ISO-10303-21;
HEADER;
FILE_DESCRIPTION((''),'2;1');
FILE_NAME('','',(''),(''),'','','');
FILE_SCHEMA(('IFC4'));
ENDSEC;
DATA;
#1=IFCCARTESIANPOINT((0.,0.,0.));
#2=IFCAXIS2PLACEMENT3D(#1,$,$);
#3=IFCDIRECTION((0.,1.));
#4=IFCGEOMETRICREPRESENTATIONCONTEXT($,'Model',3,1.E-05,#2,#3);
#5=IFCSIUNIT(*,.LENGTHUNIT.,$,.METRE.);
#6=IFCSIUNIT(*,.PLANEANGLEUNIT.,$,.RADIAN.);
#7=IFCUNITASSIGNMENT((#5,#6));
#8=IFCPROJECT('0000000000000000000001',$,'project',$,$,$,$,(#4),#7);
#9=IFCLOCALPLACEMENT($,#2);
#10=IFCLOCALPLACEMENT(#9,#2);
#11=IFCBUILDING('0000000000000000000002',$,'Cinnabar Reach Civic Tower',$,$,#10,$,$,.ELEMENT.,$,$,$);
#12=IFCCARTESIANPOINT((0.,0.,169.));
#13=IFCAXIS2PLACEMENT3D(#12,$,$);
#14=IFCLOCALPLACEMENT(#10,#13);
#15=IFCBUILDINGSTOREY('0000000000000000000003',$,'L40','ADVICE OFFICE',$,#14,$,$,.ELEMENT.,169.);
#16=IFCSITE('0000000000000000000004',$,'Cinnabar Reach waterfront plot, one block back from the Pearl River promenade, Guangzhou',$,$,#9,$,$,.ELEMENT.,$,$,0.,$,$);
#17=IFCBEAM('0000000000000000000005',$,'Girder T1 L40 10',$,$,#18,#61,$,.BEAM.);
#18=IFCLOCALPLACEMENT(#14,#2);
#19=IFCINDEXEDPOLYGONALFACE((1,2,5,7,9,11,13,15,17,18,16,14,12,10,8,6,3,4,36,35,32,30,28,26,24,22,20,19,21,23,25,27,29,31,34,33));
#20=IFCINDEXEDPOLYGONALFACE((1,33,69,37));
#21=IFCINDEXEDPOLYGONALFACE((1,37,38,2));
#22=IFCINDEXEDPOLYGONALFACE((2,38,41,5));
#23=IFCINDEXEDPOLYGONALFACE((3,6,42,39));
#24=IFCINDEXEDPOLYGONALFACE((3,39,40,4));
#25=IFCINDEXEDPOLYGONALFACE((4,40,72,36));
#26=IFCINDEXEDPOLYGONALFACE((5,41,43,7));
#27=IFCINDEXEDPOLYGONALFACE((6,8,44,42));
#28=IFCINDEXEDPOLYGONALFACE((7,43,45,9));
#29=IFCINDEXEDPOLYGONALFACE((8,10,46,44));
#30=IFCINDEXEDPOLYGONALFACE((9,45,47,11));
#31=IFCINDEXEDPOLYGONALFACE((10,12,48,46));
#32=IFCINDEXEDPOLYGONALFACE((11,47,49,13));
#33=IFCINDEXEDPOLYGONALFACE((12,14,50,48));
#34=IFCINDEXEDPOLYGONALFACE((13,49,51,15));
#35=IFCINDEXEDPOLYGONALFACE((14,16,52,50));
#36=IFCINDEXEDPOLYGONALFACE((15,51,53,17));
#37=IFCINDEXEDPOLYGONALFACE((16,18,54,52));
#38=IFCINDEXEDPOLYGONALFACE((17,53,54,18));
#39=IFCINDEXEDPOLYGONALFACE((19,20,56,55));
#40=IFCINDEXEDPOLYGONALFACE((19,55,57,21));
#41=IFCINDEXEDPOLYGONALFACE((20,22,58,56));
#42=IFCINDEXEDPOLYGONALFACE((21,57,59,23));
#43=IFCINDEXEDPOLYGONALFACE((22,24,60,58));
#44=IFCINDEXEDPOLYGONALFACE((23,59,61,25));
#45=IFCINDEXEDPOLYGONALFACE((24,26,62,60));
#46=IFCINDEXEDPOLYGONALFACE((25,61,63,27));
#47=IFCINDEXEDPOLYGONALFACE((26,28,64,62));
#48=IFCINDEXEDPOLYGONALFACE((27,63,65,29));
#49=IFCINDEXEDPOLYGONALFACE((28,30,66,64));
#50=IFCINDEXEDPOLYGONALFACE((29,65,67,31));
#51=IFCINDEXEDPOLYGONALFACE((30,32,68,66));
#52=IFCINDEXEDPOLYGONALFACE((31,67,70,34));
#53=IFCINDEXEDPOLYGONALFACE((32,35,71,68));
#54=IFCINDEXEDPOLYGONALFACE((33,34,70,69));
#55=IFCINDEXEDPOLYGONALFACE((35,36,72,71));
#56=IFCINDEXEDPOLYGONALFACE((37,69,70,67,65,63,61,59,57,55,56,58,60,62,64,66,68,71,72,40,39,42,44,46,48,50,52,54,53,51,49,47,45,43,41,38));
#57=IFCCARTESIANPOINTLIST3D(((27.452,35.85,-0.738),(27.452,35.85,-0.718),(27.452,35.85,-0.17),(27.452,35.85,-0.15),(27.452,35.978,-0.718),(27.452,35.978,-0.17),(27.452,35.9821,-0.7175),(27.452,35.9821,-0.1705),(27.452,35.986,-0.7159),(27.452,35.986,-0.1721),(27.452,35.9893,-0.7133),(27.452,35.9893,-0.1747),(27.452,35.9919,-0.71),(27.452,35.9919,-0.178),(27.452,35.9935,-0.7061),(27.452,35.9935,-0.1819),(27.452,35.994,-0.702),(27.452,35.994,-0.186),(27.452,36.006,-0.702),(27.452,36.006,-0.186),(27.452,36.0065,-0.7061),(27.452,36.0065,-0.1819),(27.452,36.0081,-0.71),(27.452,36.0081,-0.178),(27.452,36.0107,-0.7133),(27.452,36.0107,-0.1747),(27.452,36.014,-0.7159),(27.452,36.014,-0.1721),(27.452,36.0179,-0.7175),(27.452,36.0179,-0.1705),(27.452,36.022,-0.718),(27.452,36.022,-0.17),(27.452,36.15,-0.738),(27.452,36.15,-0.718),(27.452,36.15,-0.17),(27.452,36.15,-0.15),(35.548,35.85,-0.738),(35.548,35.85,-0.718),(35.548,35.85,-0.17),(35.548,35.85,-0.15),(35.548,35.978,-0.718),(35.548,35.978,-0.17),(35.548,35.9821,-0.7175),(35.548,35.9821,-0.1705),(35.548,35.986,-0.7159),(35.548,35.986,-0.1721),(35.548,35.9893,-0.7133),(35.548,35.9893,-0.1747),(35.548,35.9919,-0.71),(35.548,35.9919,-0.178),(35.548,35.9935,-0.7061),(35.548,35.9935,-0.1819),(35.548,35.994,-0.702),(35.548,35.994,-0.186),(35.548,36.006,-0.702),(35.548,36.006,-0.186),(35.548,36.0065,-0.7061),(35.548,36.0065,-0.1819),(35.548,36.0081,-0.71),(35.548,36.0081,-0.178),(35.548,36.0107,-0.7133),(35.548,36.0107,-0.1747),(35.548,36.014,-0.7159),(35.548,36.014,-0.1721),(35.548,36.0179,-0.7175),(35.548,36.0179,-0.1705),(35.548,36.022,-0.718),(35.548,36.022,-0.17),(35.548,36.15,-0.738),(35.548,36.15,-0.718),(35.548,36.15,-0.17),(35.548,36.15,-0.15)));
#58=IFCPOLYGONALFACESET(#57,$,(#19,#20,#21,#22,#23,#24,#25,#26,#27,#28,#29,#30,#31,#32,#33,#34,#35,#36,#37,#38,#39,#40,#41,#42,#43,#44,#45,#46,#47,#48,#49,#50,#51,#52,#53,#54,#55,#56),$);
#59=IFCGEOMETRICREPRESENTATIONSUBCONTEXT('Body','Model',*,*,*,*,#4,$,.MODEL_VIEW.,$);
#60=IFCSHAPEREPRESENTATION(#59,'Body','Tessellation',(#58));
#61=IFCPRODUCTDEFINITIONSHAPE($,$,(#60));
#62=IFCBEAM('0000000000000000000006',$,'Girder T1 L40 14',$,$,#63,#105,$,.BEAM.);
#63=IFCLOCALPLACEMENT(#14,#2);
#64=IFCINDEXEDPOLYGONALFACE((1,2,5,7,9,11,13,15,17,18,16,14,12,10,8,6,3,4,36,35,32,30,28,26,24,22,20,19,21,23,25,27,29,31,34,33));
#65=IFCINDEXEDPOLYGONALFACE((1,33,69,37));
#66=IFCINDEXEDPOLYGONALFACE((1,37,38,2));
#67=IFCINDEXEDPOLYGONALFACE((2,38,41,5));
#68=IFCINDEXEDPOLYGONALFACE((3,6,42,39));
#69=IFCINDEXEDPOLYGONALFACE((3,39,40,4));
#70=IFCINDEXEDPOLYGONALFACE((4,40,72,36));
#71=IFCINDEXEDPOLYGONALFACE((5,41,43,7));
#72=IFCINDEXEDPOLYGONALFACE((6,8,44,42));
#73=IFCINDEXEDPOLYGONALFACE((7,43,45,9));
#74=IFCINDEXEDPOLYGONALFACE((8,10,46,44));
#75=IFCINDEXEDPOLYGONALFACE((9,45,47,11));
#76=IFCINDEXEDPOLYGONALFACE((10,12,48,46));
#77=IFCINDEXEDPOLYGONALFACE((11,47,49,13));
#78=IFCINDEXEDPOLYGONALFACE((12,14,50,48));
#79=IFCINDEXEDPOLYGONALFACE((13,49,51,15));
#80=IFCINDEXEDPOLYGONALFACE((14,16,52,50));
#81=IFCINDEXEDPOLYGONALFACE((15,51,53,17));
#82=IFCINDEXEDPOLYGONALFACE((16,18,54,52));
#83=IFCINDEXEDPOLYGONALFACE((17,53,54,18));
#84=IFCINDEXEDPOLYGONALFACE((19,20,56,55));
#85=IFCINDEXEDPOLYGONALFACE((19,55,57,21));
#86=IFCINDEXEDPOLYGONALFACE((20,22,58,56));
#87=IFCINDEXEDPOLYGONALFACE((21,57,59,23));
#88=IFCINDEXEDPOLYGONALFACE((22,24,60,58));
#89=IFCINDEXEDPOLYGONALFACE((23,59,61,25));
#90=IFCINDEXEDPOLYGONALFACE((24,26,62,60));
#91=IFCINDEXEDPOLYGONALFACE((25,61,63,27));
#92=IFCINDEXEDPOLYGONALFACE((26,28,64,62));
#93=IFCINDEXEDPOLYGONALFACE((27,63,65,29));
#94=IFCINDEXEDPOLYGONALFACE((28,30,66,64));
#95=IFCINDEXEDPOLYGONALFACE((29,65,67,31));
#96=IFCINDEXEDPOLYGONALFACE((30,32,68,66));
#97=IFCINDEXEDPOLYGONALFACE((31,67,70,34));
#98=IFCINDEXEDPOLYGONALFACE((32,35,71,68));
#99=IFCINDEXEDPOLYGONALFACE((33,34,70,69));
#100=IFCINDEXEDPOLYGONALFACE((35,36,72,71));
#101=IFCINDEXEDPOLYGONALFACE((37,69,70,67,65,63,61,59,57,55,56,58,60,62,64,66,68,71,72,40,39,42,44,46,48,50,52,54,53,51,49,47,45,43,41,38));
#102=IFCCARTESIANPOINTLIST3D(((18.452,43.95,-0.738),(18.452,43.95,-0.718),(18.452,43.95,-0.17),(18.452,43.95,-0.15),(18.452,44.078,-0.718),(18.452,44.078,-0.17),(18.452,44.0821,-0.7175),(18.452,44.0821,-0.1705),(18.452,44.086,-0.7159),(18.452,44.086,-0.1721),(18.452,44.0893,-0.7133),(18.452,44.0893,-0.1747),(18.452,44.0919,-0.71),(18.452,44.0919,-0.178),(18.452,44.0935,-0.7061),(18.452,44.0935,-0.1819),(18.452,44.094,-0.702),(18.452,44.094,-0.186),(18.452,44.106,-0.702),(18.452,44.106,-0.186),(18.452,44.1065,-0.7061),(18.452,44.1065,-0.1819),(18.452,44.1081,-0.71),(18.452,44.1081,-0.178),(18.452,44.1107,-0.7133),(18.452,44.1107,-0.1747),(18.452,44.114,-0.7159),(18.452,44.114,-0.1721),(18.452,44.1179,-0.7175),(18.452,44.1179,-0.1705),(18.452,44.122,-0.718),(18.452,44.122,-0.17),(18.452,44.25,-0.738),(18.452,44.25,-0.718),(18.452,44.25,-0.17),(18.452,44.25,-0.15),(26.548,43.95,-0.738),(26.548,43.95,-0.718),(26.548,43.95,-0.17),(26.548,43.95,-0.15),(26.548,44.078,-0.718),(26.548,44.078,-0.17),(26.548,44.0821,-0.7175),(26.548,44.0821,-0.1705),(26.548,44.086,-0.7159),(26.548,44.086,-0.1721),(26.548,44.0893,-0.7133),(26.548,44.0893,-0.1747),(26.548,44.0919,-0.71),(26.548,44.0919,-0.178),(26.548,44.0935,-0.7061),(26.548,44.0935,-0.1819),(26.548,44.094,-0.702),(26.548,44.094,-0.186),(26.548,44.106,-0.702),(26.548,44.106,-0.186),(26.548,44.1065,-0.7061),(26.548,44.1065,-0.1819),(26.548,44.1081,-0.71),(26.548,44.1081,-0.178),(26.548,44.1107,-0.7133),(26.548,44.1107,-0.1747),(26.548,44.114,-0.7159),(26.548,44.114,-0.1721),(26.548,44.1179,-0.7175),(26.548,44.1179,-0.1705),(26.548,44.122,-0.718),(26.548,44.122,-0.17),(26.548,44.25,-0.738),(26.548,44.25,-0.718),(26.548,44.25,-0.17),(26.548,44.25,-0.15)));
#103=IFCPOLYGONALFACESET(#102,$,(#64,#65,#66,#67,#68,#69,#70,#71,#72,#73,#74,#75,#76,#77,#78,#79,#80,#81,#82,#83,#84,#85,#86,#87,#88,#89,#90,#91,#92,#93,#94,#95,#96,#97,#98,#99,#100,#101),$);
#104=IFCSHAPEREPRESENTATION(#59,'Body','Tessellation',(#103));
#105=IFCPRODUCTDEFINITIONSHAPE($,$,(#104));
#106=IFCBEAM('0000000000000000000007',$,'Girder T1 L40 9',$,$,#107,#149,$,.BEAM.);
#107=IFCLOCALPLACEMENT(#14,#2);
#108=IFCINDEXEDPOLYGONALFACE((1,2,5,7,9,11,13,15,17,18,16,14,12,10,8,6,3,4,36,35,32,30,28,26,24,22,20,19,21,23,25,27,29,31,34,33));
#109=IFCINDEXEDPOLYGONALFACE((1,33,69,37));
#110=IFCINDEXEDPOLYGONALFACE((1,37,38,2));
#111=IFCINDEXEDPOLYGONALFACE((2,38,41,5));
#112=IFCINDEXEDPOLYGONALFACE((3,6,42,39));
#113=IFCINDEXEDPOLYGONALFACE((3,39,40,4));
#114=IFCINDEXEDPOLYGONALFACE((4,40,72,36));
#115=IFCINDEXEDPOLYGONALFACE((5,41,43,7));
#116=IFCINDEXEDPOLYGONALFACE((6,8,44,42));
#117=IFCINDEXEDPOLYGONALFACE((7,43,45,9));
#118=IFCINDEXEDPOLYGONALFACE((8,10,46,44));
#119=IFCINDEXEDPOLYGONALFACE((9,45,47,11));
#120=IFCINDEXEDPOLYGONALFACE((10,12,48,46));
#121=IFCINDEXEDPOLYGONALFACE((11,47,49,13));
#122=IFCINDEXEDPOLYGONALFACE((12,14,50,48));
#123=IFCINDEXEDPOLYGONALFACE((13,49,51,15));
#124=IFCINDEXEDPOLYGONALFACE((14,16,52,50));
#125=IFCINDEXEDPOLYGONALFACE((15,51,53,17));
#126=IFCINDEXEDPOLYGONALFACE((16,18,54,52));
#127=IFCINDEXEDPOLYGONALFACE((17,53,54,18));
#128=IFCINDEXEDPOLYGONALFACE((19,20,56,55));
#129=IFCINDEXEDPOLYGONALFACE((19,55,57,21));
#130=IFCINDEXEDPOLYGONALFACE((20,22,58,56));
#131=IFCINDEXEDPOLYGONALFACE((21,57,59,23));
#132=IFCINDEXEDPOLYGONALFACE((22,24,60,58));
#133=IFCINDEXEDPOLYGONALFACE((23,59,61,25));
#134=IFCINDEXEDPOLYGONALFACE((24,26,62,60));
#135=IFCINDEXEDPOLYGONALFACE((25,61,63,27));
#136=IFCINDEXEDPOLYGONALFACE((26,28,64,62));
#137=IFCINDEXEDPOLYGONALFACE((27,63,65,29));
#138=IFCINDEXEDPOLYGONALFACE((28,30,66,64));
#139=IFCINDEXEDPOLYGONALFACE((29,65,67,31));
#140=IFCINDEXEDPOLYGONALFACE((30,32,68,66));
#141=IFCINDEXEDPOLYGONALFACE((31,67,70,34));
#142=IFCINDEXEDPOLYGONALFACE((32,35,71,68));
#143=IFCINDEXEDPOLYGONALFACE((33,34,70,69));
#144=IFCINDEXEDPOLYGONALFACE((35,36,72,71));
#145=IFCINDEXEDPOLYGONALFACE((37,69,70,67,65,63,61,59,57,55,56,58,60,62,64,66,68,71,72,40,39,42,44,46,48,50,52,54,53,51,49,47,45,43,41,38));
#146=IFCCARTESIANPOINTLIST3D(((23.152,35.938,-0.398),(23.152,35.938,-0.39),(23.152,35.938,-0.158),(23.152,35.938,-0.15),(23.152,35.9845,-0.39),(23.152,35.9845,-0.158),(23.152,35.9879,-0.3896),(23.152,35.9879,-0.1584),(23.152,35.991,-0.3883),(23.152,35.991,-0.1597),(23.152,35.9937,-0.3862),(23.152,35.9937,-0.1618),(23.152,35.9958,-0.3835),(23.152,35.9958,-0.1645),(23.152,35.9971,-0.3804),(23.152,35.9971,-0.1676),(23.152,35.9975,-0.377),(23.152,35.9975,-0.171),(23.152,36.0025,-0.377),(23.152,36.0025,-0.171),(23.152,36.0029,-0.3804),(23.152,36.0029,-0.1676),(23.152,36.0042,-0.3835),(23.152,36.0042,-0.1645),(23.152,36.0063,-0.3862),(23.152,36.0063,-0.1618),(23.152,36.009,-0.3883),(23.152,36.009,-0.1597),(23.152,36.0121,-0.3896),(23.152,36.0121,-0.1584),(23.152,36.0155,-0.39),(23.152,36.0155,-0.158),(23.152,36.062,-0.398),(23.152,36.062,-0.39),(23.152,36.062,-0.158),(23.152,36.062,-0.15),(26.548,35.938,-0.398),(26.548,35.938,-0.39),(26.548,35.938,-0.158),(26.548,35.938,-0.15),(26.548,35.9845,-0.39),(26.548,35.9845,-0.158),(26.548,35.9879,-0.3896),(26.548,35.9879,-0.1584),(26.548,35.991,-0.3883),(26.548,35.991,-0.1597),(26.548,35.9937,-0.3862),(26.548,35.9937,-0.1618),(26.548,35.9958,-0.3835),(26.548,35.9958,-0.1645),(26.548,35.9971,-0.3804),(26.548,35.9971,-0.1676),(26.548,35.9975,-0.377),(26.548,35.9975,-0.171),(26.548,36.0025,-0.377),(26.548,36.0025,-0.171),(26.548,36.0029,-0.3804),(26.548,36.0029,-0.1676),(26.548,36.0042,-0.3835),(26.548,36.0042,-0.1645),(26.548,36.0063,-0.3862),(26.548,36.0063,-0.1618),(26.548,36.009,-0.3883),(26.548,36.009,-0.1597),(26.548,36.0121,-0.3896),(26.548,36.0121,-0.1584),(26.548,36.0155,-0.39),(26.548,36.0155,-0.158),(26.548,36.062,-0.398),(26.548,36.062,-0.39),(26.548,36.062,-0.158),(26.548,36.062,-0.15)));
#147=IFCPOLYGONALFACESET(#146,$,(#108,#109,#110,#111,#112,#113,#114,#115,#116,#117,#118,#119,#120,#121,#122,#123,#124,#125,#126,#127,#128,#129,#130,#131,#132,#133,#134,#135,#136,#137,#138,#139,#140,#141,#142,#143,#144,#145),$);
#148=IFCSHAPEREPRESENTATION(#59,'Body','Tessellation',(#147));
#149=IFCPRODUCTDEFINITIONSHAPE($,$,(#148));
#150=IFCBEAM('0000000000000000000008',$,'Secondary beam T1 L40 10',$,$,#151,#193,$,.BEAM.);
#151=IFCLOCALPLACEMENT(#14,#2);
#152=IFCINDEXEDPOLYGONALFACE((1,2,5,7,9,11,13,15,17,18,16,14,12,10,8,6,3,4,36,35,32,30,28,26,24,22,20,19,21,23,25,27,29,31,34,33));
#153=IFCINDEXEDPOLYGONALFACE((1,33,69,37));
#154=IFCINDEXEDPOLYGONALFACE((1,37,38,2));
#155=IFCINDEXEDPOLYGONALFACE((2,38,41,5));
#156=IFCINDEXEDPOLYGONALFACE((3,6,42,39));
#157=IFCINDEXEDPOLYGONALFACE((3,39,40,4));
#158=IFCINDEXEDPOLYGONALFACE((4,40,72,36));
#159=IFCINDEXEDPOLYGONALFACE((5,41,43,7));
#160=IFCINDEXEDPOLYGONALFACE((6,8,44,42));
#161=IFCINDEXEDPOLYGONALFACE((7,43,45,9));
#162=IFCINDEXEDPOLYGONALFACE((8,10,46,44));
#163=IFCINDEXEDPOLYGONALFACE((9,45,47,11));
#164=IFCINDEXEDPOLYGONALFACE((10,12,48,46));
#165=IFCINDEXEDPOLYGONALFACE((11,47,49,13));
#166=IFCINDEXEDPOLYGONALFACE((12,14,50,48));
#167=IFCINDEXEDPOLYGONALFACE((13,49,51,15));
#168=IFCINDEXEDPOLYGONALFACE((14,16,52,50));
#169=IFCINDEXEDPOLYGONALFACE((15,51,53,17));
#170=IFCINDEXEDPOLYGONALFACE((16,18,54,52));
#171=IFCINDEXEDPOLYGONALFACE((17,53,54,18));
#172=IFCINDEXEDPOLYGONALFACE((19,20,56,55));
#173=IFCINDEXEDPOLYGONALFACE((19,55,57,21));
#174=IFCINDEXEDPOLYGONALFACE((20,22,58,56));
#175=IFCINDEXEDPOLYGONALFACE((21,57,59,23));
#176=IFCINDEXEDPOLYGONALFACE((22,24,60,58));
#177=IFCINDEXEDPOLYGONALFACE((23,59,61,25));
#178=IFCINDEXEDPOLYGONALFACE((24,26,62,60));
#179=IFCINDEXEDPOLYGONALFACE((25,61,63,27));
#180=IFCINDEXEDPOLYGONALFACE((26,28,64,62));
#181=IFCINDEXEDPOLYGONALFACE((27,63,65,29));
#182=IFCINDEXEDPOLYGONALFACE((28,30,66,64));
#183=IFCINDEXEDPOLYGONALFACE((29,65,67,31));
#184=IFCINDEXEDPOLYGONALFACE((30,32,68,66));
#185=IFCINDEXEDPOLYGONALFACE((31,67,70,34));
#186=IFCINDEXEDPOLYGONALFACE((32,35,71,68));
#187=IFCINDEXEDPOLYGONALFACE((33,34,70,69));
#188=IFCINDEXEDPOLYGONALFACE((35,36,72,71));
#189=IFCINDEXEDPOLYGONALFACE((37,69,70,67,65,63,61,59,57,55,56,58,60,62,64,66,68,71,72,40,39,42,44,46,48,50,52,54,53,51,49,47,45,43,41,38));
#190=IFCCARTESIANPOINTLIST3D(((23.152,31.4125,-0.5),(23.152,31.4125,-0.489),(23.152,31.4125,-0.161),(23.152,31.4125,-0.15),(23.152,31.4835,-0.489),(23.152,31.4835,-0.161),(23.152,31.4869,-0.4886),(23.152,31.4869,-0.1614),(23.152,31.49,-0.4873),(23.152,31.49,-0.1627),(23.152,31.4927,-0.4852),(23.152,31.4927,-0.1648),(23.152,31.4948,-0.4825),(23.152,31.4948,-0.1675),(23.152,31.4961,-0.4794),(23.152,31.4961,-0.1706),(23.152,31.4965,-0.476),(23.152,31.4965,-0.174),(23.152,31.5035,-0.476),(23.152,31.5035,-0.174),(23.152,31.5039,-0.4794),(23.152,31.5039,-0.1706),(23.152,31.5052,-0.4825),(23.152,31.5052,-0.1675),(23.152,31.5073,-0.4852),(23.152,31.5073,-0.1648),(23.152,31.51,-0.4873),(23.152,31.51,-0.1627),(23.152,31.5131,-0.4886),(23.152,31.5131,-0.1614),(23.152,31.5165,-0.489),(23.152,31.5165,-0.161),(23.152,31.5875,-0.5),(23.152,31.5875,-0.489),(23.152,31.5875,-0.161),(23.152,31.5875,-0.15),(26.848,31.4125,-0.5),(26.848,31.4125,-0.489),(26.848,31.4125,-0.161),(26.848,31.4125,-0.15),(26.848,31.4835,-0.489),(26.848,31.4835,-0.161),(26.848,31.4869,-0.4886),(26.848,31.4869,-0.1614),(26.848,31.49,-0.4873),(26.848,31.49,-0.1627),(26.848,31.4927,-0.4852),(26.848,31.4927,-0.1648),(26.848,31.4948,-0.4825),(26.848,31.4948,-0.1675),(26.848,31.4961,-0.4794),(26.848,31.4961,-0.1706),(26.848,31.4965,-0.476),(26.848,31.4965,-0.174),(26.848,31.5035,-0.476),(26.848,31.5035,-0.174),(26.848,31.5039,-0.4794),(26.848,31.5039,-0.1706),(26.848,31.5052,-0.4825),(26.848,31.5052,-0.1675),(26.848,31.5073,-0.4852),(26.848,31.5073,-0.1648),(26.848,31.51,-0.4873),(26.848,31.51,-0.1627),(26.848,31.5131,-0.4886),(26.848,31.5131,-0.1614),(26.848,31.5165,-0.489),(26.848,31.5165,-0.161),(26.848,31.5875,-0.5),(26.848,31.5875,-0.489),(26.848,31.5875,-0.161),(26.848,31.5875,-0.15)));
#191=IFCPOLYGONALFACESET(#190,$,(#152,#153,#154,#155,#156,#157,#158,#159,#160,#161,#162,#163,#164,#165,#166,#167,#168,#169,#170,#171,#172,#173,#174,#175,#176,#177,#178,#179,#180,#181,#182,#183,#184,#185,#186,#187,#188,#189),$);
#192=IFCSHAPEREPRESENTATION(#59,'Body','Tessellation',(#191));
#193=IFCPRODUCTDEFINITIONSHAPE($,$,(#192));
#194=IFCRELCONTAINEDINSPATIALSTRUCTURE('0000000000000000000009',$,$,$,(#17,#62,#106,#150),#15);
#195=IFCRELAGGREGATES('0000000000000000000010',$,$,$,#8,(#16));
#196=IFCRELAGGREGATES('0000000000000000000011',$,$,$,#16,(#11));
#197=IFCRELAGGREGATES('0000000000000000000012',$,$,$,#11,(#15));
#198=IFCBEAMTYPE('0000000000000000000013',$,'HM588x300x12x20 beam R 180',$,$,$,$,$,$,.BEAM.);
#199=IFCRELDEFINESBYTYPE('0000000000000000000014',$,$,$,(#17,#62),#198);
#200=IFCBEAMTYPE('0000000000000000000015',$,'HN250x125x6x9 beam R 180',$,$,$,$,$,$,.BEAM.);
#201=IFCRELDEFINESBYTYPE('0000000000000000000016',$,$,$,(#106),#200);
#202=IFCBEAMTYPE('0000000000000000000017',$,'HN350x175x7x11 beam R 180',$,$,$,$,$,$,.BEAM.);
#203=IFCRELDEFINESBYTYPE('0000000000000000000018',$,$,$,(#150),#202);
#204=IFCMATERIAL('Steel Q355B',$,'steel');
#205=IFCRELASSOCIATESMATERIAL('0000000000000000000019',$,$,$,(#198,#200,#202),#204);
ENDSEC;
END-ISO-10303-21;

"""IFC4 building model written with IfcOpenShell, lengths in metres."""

from ifc_helpers import new_model, si_unit, direction, frame, origin, origin_2d, place, context, subcontext, project, spatial, i_section, extrude, material, material_profile, profile_set, type_object, element, save


model = new_model("IFC4")

# Units and contexts
model_context = context("Model", 3, precision=1e-05, world=origin(), true_north=direction((0.0, 1.0)))
body_context = subcontext(model_context, "Body", "Model", "MODEL_VIEW")
ifc_project = project(units=[si_unit("LENGTHUNIT", "METRE"), si_unit("PLANEANGLEUNIT", "RADIAN")], contexts=[model_context])

# Site, building, storey
site_placement = place(None, origin())
site = spatial("IfcSite", under=ifc_project, at=site_placement, Name="Cinnabar Reach waterfront plot, one block back from the Pearl River promenade, Guangzhou", CompositionType="ELEMENT", RefElevation=0.0)
building_placement = place(site_placement, origin())
building = spatial("IfcBuilding", under=site, at=building_placement, Name="Cinnabar Reach Civic Tower", CompositionType="ELEMENT")
storey_placement = place(building_placement, frame((0.0, 0.0, 169.0)))
storey = spatial("IfcBuildingStorey", under=building, at=storey_placement, Name="L40", Description="ADVICE OFFICE", CompositionType="ELEMENT", Elevation=169.0)

# Beams
ifc_material_1 = material(Name="Steel Q355B", Category="steel")
ifc_material_profile_1 = material_profile(ifc_material_1, i_section(OverallWidth=0.3, OverallDepth=0.588, WebThickness=0.012, FlangeThickness=0.02, FilletRadius=0.016, at=origin_2d()), Name="HM588x300x12x20")
ifc_profile_set_1 = profile_set([ifc_material_profile_1], Name="Steel Q355B")
beam_type_1 = type_object("IfcBeamType", Name="HM588x300x12x20 beam R 180", PredefinedType="BEAM", material=ifc_profile_set_1)
for number, where, z_axis, x_axis, name in (
    (1, (27.452, 36.0, -0.444), (1.0, 0.0, 0.0), (0.0, 1.0, 0.0), "Girder T1 L40 10"),
    (2, (18.452, 44.1, -0.444), (1.0, 0.0, 0.0), (0.0, 1.0, 0.0), "Girder T1 L40 14"),
):
    element("IfcBeam", number, at=place(storey_placement, frame(where, z_axis=z_axis, x_axis=x_axis)), inside=storey, type_object=beam_type_1, Name=name, PredefinedType="BEAM", context=body_context, shape_type="SweptSolid", body=[
        extrude(i_section(OverallWidth=0.3, OverallDepth=0.588, WebThickness=0.012, FlangeThickness=0.02, FilletRadius=0.016, at=origin_2d()), origin(), (0.0, 0.0, 1.0), 8.096),
    ])
ifc_material_profile_2 = material_profile(ifc_material_1, i_section(OverallWidth=0.124, OverallDepth=0.248, WebThickness=0.005, FlangeThickness=0.008, FilletRadius=0.013, at=origin_2d()), Name="HN250x125x6x9")
ifc_profile_set_2 = profile_set([ifc_material_profile_2], Name="Steel Q355B")
beam_type_2 = type_object("IfcBeamType", Name="HN250x125x6x9 beam R 180", PredefinedType="BEAM", material=ifc_profile_set_2)
beam_1_placement = place(storey_placement, frame((23.152, 36.0, -0.274), z_axis=(1.0, 0.0, 0.0), x_axis=(0.0, 1.0, 0.0)))
element("IfcBeam", 3, at=beam_1_placement, inside=storey, type_object=beam_type_2, Name="Girder T1 L40 9", PredefinedType="BEAM", context=body_context, shape_type="SweptSolid", body=[
    extrude(i_section(OverallWidth=0.124, OverallDepth=0.248, WebThickness=0.005, FlangeThickness=0.008, FilletRadius=0.013, at=origin_2d()), origin(), (0.0, 0.0, 1.0), 3.396),
])
ifc_material_profile_3 = material_profile(ifc_material_1, i_section(OverallWidth=0.175, OverallDepth=0.35, WebThickness=0.007, FlangeThickness=0.011, FilletRadius=0.013, at=origin_2d()), Name="HN350x175x7x11")
ifc_profile_set_3 = profile_set([ifc_material_profile_3], Name="Steel Q355B")
beam_type_3 = type_object("IfcBeamType", Name="HN350x175x7x11 beam R 180", PredefinedType="BEAM", material=ifc_profile_set_3)
beam_2_placement = place(storey_placement, frame((23.152, 31.5, -0.325), z_axis=(1.0, 0.0, 0.0), x_axis=(0.0, 1.0, 0.0)))
element("IfcBeam", 4, at=beam_2_placement, inside=storey, type_object=beam_type_3, Name="Secondary beam T1 L40 10", PredefinedType="BEAM", context=body_context, shape_type="SweptSolid", body=[
    extrude(i_section(OverallWidth=0.175, OverallDepth=0.35, WebThickness=0.007, FlangeThickness=0.011, FilletRadius=0.013, at=origin_2d()), origin(), (0.0, 0.0, 1.0), 3.696),
])

save(model, "model.ifc")
